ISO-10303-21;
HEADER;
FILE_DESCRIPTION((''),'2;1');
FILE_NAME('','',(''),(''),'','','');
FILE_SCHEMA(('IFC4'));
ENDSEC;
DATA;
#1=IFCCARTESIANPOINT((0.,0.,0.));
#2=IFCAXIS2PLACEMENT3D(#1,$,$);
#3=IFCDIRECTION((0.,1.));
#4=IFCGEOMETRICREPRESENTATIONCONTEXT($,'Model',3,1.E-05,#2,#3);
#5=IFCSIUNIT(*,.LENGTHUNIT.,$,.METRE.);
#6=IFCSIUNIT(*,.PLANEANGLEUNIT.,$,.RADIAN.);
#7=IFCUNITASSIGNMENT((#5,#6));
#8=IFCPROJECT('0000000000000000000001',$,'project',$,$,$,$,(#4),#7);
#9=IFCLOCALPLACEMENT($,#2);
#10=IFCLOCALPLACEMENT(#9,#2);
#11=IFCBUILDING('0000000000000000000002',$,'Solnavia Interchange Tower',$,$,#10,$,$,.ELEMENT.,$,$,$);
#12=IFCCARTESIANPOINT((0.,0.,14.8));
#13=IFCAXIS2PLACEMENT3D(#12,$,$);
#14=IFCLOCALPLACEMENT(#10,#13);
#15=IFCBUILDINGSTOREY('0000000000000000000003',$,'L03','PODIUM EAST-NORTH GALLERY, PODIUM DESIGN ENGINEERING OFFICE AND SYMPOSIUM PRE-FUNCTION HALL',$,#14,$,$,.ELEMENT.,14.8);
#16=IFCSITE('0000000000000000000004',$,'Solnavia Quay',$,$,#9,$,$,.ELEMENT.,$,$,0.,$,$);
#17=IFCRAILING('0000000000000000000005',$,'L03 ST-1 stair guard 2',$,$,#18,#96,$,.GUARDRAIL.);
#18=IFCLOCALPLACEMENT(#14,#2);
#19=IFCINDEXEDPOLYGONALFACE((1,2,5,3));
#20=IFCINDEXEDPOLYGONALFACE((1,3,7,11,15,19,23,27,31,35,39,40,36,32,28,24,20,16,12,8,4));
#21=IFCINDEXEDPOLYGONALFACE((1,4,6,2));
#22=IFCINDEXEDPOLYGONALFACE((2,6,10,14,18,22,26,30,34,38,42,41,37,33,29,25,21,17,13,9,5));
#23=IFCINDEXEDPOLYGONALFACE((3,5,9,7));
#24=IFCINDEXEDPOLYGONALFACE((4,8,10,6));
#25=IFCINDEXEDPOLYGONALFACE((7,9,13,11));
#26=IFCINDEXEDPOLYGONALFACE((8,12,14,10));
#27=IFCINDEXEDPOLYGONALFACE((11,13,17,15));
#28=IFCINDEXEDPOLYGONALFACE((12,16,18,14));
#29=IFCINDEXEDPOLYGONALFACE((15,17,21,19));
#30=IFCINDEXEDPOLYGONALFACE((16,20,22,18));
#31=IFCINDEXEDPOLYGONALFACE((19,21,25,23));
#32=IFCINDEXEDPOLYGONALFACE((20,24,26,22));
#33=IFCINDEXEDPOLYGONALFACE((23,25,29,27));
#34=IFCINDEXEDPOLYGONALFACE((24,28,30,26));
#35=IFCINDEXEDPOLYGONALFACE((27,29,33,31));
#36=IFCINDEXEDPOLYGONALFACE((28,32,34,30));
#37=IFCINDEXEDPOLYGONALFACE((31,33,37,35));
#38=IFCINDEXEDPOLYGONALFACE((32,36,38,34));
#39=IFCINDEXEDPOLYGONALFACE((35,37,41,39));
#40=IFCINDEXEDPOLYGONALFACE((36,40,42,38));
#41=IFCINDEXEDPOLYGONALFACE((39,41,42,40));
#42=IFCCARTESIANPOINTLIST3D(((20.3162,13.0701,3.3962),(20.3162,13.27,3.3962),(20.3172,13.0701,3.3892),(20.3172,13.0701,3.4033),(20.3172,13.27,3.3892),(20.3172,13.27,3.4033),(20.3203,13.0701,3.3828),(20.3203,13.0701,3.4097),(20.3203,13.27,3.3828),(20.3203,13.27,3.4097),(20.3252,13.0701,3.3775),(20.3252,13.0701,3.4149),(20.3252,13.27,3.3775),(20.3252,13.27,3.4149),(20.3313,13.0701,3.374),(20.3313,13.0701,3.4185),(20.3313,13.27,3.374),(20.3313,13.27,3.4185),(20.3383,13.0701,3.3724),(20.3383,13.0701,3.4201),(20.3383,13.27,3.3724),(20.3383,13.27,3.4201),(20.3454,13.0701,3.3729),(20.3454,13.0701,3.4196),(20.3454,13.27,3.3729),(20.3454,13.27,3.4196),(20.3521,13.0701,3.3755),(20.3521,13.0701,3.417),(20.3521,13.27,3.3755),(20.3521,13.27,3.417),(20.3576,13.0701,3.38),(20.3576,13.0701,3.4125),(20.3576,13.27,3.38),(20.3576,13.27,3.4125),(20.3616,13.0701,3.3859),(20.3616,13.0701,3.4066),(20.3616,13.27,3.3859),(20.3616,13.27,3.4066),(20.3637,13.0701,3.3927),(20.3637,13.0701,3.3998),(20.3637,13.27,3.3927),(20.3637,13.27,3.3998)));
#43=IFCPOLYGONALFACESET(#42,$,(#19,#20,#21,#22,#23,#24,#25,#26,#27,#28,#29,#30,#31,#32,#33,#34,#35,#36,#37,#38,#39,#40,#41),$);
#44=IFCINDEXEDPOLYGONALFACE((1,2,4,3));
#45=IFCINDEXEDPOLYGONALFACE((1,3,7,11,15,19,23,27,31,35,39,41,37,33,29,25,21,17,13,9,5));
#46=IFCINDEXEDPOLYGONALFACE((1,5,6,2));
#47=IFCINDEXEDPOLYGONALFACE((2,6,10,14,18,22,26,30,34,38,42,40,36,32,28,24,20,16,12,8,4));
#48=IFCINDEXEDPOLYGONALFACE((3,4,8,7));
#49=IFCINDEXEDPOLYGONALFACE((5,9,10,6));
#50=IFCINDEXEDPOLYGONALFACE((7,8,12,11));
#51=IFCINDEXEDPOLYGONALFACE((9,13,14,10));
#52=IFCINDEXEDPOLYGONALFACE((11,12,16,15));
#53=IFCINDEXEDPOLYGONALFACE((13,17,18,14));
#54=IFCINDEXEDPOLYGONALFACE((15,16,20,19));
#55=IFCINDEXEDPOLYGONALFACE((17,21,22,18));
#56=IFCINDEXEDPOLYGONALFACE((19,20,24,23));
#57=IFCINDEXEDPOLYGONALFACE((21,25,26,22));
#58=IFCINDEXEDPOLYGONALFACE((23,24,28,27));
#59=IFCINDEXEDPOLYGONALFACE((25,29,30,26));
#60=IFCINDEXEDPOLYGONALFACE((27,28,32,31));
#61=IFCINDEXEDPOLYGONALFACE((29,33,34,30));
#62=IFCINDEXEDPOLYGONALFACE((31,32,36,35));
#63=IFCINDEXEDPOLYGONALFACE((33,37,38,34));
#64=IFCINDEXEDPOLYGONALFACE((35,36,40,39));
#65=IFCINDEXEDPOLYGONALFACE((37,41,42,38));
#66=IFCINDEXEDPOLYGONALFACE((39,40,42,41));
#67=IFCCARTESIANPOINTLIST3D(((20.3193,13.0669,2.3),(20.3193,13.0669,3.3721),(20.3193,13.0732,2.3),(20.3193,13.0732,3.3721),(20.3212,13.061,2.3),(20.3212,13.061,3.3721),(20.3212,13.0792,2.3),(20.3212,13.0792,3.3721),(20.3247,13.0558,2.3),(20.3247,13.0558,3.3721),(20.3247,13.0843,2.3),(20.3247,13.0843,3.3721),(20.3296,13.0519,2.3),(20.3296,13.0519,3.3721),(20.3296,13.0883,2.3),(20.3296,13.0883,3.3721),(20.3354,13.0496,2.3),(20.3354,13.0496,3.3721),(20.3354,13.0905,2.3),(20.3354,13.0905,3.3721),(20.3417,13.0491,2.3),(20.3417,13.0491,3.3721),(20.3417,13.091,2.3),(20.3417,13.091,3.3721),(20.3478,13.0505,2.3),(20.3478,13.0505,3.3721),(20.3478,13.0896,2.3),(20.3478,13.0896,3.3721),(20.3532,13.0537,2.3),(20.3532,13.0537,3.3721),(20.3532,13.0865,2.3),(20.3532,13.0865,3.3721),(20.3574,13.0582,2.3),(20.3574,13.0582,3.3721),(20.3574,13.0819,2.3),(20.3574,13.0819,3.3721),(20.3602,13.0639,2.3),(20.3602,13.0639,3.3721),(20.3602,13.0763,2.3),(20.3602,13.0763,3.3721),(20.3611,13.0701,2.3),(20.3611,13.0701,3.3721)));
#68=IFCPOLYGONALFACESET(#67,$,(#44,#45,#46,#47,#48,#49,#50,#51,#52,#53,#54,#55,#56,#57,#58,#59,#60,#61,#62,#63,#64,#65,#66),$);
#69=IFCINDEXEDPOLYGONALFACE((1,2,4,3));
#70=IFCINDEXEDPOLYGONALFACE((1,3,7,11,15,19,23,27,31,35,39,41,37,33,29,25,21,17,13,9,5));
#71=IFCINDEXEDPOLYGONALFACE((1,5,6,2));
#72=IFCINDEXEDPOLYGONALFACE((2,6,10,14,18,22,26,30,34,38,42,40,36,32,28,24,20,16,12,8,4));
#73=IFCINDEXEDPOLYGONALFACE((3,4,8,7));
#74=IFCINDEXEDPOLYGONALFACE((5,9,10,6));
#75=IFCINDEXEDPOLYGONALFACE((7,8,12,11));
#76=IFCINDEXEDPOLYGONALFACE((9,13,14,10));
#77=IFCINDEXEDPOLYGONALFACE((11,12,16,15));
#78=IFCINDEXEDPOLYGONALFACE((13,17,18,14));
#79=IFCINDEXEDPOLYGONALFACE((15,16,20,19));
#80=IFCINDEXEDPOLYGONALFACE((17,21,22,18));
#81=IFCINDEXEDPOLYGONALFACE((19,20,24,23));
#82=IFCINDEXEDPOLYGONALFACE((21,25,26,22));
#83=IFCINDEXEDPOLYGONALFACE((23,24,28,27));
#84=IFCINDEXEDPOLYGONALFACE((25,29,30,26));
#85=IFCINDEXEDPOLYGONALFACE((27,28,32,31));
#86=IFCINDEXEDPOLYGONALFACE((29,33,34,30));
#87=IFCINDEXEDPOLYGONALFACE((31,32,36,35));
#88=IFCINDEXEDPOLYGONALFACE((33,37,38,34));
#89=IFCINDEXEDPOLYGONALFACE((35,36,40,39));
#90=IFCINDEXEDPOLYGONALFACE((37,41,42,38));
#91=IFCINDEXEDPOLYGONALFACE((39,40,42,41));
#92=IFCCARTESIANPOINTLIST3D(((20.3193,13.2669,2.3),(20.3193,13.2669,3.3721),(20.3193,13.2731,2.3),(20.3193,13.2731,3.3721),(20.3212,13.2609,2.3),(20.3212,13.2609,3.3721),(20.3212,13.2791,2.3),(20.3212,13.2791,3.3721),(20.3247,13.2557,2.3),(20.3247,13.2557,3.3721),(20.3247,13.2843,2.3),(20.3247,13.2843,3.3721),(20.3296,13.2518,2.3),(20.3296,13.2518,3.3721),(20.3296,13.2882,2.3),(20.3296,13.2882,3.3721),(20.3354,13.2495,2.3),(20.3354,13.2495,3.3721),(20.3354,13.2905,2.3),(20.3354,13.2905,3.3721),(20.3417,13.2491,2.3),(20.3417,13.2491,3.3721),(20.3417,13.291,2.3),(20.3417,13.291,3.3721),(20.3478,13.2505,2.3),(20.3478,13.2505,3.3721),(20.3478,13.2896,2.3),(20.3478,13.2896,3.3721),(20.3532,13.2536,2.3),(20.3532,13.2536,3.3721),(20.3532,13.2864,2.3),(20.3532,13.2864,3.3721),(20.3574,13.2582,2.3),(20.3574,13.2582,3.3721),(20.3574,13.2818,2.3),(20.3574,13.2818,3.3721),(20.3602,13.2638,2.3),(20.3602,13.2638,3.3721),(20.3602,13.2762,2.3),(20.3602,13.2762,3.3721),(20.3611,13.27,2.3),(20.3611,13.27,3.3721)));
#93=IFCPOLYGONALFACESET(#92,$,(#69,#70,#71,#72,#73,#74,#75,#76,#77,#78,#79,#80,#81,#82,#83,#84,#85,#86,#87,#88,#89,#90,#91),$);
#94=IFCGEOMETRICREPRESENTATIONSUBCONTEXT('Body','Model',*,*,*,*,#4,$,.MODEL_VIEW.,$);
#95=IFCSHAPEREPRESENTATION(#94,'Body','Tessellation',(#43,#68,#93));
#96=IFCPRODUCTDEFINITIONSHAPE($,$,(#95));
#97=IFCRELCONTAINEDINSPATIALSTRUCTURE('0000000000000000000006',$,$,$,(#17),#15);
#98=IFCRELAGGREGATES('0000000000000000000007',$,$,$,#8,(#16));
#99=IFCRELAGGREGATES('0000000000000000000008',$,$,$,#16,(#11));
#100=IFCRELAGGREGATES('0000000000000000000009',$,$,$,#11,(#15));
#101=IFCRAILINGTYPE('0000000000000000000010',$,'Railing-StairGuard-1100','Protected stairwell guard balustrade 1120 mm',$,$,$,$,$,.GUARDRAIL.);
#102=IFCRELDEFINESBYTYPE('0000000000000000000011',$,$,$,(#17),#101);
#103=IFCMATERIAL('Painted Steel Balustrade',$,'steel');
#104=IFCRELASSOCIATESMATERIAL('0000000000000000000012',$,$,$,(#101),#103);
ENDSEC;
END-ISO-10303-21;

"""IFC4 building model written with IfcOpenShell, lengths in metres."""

from ifc_helpers import new_model, si_unit, direction, frame, origin, origin_2d, place, context, subcontext, project, spatial, circle, extrude, material, type_object, element, save


model = new_model("IFC4")

# Units and contexts
model_context = context("Model", 3, precision=1e-05, world=origin(), true_north=direction((0.0, 1.0)))
body_context = subcontext(model_context, "Body", "Model", "MODEL_VIEW")
ifc_project = project(units=[si_unit("LENGTHUNIT", "METRE"), si_unit("PLANEANGLEUNIT", "RADIAN")], contexts=[model_context])

# Site, building, storey
site_placement = place(None, origin())
site = spatial("IfcSite", under=ifc_project, at=site_placement, Name="Solnavia Quay", CompositionType="ELEMENT", RefElevation=0.0)
building_placement = place(site_placement, origin())
building = spatial("IfcBuilding", under=site, at=building_placement, Name="Solnavia Interchange Tower", CompositionType="ELEMENT")
storey_placement = place(building_placement, frame((0.0, 0.0, 14.8)))
storey = spatial("IfcBuildingStorey", under=building, at=storey_placement, Name="L03", Description="PODIUM EAST-NORTH GALLERY, PODIUM DESIGN ENGINEERING OFFICE AND SYMPOSIUM PRE-FUNCTION HALL", CompositionType="ELEMENT", Elevation=14.8)

# Railing
ifc_material_1 = material(Name="Painted Steel Balustrade", Category="steel")
railing_type_1 = type_object("IfcRailingType", Name="Railing-StairGuard-1100", Description="Protected stairwell guard balustrade 1120 mm", PredefinedType="GUARDRAIL", material=ifc_material_1)
railing_1_placement = place(storey_placement, frame((20.3401, 13.0701, 2.3)))
element("IfcRailing", 1, at=railing_1_placement, inside=storey, type_object=railing_type_1, Name="L03 ST-1 stair guard 2", PredefinedType="GUARDRAIL", context=body_context, shape_type="SweptSolid", body=[
    extrude(circle(Radius=0.0239, at=origin_2d()), frame((0.0, 0.0, 1.0962), z_axis=(0.0, 1.0, 0.0), x_axis=(-1.0, 0.0, 0.0)), (0.0, 0.0, 1.0), 0.2),
    extrude(circle(Radius=0.021, at=origin_2d()), origin(), (0.0, 0.0, 1.0), 1.072),
    extrude(circle(Radius=0.021, at=origin_2d()), frame((0.0, 0.2, 0.0)), (0.0, 0.0, 1.0), 1.072),
])

save(model, "model.ifc")
